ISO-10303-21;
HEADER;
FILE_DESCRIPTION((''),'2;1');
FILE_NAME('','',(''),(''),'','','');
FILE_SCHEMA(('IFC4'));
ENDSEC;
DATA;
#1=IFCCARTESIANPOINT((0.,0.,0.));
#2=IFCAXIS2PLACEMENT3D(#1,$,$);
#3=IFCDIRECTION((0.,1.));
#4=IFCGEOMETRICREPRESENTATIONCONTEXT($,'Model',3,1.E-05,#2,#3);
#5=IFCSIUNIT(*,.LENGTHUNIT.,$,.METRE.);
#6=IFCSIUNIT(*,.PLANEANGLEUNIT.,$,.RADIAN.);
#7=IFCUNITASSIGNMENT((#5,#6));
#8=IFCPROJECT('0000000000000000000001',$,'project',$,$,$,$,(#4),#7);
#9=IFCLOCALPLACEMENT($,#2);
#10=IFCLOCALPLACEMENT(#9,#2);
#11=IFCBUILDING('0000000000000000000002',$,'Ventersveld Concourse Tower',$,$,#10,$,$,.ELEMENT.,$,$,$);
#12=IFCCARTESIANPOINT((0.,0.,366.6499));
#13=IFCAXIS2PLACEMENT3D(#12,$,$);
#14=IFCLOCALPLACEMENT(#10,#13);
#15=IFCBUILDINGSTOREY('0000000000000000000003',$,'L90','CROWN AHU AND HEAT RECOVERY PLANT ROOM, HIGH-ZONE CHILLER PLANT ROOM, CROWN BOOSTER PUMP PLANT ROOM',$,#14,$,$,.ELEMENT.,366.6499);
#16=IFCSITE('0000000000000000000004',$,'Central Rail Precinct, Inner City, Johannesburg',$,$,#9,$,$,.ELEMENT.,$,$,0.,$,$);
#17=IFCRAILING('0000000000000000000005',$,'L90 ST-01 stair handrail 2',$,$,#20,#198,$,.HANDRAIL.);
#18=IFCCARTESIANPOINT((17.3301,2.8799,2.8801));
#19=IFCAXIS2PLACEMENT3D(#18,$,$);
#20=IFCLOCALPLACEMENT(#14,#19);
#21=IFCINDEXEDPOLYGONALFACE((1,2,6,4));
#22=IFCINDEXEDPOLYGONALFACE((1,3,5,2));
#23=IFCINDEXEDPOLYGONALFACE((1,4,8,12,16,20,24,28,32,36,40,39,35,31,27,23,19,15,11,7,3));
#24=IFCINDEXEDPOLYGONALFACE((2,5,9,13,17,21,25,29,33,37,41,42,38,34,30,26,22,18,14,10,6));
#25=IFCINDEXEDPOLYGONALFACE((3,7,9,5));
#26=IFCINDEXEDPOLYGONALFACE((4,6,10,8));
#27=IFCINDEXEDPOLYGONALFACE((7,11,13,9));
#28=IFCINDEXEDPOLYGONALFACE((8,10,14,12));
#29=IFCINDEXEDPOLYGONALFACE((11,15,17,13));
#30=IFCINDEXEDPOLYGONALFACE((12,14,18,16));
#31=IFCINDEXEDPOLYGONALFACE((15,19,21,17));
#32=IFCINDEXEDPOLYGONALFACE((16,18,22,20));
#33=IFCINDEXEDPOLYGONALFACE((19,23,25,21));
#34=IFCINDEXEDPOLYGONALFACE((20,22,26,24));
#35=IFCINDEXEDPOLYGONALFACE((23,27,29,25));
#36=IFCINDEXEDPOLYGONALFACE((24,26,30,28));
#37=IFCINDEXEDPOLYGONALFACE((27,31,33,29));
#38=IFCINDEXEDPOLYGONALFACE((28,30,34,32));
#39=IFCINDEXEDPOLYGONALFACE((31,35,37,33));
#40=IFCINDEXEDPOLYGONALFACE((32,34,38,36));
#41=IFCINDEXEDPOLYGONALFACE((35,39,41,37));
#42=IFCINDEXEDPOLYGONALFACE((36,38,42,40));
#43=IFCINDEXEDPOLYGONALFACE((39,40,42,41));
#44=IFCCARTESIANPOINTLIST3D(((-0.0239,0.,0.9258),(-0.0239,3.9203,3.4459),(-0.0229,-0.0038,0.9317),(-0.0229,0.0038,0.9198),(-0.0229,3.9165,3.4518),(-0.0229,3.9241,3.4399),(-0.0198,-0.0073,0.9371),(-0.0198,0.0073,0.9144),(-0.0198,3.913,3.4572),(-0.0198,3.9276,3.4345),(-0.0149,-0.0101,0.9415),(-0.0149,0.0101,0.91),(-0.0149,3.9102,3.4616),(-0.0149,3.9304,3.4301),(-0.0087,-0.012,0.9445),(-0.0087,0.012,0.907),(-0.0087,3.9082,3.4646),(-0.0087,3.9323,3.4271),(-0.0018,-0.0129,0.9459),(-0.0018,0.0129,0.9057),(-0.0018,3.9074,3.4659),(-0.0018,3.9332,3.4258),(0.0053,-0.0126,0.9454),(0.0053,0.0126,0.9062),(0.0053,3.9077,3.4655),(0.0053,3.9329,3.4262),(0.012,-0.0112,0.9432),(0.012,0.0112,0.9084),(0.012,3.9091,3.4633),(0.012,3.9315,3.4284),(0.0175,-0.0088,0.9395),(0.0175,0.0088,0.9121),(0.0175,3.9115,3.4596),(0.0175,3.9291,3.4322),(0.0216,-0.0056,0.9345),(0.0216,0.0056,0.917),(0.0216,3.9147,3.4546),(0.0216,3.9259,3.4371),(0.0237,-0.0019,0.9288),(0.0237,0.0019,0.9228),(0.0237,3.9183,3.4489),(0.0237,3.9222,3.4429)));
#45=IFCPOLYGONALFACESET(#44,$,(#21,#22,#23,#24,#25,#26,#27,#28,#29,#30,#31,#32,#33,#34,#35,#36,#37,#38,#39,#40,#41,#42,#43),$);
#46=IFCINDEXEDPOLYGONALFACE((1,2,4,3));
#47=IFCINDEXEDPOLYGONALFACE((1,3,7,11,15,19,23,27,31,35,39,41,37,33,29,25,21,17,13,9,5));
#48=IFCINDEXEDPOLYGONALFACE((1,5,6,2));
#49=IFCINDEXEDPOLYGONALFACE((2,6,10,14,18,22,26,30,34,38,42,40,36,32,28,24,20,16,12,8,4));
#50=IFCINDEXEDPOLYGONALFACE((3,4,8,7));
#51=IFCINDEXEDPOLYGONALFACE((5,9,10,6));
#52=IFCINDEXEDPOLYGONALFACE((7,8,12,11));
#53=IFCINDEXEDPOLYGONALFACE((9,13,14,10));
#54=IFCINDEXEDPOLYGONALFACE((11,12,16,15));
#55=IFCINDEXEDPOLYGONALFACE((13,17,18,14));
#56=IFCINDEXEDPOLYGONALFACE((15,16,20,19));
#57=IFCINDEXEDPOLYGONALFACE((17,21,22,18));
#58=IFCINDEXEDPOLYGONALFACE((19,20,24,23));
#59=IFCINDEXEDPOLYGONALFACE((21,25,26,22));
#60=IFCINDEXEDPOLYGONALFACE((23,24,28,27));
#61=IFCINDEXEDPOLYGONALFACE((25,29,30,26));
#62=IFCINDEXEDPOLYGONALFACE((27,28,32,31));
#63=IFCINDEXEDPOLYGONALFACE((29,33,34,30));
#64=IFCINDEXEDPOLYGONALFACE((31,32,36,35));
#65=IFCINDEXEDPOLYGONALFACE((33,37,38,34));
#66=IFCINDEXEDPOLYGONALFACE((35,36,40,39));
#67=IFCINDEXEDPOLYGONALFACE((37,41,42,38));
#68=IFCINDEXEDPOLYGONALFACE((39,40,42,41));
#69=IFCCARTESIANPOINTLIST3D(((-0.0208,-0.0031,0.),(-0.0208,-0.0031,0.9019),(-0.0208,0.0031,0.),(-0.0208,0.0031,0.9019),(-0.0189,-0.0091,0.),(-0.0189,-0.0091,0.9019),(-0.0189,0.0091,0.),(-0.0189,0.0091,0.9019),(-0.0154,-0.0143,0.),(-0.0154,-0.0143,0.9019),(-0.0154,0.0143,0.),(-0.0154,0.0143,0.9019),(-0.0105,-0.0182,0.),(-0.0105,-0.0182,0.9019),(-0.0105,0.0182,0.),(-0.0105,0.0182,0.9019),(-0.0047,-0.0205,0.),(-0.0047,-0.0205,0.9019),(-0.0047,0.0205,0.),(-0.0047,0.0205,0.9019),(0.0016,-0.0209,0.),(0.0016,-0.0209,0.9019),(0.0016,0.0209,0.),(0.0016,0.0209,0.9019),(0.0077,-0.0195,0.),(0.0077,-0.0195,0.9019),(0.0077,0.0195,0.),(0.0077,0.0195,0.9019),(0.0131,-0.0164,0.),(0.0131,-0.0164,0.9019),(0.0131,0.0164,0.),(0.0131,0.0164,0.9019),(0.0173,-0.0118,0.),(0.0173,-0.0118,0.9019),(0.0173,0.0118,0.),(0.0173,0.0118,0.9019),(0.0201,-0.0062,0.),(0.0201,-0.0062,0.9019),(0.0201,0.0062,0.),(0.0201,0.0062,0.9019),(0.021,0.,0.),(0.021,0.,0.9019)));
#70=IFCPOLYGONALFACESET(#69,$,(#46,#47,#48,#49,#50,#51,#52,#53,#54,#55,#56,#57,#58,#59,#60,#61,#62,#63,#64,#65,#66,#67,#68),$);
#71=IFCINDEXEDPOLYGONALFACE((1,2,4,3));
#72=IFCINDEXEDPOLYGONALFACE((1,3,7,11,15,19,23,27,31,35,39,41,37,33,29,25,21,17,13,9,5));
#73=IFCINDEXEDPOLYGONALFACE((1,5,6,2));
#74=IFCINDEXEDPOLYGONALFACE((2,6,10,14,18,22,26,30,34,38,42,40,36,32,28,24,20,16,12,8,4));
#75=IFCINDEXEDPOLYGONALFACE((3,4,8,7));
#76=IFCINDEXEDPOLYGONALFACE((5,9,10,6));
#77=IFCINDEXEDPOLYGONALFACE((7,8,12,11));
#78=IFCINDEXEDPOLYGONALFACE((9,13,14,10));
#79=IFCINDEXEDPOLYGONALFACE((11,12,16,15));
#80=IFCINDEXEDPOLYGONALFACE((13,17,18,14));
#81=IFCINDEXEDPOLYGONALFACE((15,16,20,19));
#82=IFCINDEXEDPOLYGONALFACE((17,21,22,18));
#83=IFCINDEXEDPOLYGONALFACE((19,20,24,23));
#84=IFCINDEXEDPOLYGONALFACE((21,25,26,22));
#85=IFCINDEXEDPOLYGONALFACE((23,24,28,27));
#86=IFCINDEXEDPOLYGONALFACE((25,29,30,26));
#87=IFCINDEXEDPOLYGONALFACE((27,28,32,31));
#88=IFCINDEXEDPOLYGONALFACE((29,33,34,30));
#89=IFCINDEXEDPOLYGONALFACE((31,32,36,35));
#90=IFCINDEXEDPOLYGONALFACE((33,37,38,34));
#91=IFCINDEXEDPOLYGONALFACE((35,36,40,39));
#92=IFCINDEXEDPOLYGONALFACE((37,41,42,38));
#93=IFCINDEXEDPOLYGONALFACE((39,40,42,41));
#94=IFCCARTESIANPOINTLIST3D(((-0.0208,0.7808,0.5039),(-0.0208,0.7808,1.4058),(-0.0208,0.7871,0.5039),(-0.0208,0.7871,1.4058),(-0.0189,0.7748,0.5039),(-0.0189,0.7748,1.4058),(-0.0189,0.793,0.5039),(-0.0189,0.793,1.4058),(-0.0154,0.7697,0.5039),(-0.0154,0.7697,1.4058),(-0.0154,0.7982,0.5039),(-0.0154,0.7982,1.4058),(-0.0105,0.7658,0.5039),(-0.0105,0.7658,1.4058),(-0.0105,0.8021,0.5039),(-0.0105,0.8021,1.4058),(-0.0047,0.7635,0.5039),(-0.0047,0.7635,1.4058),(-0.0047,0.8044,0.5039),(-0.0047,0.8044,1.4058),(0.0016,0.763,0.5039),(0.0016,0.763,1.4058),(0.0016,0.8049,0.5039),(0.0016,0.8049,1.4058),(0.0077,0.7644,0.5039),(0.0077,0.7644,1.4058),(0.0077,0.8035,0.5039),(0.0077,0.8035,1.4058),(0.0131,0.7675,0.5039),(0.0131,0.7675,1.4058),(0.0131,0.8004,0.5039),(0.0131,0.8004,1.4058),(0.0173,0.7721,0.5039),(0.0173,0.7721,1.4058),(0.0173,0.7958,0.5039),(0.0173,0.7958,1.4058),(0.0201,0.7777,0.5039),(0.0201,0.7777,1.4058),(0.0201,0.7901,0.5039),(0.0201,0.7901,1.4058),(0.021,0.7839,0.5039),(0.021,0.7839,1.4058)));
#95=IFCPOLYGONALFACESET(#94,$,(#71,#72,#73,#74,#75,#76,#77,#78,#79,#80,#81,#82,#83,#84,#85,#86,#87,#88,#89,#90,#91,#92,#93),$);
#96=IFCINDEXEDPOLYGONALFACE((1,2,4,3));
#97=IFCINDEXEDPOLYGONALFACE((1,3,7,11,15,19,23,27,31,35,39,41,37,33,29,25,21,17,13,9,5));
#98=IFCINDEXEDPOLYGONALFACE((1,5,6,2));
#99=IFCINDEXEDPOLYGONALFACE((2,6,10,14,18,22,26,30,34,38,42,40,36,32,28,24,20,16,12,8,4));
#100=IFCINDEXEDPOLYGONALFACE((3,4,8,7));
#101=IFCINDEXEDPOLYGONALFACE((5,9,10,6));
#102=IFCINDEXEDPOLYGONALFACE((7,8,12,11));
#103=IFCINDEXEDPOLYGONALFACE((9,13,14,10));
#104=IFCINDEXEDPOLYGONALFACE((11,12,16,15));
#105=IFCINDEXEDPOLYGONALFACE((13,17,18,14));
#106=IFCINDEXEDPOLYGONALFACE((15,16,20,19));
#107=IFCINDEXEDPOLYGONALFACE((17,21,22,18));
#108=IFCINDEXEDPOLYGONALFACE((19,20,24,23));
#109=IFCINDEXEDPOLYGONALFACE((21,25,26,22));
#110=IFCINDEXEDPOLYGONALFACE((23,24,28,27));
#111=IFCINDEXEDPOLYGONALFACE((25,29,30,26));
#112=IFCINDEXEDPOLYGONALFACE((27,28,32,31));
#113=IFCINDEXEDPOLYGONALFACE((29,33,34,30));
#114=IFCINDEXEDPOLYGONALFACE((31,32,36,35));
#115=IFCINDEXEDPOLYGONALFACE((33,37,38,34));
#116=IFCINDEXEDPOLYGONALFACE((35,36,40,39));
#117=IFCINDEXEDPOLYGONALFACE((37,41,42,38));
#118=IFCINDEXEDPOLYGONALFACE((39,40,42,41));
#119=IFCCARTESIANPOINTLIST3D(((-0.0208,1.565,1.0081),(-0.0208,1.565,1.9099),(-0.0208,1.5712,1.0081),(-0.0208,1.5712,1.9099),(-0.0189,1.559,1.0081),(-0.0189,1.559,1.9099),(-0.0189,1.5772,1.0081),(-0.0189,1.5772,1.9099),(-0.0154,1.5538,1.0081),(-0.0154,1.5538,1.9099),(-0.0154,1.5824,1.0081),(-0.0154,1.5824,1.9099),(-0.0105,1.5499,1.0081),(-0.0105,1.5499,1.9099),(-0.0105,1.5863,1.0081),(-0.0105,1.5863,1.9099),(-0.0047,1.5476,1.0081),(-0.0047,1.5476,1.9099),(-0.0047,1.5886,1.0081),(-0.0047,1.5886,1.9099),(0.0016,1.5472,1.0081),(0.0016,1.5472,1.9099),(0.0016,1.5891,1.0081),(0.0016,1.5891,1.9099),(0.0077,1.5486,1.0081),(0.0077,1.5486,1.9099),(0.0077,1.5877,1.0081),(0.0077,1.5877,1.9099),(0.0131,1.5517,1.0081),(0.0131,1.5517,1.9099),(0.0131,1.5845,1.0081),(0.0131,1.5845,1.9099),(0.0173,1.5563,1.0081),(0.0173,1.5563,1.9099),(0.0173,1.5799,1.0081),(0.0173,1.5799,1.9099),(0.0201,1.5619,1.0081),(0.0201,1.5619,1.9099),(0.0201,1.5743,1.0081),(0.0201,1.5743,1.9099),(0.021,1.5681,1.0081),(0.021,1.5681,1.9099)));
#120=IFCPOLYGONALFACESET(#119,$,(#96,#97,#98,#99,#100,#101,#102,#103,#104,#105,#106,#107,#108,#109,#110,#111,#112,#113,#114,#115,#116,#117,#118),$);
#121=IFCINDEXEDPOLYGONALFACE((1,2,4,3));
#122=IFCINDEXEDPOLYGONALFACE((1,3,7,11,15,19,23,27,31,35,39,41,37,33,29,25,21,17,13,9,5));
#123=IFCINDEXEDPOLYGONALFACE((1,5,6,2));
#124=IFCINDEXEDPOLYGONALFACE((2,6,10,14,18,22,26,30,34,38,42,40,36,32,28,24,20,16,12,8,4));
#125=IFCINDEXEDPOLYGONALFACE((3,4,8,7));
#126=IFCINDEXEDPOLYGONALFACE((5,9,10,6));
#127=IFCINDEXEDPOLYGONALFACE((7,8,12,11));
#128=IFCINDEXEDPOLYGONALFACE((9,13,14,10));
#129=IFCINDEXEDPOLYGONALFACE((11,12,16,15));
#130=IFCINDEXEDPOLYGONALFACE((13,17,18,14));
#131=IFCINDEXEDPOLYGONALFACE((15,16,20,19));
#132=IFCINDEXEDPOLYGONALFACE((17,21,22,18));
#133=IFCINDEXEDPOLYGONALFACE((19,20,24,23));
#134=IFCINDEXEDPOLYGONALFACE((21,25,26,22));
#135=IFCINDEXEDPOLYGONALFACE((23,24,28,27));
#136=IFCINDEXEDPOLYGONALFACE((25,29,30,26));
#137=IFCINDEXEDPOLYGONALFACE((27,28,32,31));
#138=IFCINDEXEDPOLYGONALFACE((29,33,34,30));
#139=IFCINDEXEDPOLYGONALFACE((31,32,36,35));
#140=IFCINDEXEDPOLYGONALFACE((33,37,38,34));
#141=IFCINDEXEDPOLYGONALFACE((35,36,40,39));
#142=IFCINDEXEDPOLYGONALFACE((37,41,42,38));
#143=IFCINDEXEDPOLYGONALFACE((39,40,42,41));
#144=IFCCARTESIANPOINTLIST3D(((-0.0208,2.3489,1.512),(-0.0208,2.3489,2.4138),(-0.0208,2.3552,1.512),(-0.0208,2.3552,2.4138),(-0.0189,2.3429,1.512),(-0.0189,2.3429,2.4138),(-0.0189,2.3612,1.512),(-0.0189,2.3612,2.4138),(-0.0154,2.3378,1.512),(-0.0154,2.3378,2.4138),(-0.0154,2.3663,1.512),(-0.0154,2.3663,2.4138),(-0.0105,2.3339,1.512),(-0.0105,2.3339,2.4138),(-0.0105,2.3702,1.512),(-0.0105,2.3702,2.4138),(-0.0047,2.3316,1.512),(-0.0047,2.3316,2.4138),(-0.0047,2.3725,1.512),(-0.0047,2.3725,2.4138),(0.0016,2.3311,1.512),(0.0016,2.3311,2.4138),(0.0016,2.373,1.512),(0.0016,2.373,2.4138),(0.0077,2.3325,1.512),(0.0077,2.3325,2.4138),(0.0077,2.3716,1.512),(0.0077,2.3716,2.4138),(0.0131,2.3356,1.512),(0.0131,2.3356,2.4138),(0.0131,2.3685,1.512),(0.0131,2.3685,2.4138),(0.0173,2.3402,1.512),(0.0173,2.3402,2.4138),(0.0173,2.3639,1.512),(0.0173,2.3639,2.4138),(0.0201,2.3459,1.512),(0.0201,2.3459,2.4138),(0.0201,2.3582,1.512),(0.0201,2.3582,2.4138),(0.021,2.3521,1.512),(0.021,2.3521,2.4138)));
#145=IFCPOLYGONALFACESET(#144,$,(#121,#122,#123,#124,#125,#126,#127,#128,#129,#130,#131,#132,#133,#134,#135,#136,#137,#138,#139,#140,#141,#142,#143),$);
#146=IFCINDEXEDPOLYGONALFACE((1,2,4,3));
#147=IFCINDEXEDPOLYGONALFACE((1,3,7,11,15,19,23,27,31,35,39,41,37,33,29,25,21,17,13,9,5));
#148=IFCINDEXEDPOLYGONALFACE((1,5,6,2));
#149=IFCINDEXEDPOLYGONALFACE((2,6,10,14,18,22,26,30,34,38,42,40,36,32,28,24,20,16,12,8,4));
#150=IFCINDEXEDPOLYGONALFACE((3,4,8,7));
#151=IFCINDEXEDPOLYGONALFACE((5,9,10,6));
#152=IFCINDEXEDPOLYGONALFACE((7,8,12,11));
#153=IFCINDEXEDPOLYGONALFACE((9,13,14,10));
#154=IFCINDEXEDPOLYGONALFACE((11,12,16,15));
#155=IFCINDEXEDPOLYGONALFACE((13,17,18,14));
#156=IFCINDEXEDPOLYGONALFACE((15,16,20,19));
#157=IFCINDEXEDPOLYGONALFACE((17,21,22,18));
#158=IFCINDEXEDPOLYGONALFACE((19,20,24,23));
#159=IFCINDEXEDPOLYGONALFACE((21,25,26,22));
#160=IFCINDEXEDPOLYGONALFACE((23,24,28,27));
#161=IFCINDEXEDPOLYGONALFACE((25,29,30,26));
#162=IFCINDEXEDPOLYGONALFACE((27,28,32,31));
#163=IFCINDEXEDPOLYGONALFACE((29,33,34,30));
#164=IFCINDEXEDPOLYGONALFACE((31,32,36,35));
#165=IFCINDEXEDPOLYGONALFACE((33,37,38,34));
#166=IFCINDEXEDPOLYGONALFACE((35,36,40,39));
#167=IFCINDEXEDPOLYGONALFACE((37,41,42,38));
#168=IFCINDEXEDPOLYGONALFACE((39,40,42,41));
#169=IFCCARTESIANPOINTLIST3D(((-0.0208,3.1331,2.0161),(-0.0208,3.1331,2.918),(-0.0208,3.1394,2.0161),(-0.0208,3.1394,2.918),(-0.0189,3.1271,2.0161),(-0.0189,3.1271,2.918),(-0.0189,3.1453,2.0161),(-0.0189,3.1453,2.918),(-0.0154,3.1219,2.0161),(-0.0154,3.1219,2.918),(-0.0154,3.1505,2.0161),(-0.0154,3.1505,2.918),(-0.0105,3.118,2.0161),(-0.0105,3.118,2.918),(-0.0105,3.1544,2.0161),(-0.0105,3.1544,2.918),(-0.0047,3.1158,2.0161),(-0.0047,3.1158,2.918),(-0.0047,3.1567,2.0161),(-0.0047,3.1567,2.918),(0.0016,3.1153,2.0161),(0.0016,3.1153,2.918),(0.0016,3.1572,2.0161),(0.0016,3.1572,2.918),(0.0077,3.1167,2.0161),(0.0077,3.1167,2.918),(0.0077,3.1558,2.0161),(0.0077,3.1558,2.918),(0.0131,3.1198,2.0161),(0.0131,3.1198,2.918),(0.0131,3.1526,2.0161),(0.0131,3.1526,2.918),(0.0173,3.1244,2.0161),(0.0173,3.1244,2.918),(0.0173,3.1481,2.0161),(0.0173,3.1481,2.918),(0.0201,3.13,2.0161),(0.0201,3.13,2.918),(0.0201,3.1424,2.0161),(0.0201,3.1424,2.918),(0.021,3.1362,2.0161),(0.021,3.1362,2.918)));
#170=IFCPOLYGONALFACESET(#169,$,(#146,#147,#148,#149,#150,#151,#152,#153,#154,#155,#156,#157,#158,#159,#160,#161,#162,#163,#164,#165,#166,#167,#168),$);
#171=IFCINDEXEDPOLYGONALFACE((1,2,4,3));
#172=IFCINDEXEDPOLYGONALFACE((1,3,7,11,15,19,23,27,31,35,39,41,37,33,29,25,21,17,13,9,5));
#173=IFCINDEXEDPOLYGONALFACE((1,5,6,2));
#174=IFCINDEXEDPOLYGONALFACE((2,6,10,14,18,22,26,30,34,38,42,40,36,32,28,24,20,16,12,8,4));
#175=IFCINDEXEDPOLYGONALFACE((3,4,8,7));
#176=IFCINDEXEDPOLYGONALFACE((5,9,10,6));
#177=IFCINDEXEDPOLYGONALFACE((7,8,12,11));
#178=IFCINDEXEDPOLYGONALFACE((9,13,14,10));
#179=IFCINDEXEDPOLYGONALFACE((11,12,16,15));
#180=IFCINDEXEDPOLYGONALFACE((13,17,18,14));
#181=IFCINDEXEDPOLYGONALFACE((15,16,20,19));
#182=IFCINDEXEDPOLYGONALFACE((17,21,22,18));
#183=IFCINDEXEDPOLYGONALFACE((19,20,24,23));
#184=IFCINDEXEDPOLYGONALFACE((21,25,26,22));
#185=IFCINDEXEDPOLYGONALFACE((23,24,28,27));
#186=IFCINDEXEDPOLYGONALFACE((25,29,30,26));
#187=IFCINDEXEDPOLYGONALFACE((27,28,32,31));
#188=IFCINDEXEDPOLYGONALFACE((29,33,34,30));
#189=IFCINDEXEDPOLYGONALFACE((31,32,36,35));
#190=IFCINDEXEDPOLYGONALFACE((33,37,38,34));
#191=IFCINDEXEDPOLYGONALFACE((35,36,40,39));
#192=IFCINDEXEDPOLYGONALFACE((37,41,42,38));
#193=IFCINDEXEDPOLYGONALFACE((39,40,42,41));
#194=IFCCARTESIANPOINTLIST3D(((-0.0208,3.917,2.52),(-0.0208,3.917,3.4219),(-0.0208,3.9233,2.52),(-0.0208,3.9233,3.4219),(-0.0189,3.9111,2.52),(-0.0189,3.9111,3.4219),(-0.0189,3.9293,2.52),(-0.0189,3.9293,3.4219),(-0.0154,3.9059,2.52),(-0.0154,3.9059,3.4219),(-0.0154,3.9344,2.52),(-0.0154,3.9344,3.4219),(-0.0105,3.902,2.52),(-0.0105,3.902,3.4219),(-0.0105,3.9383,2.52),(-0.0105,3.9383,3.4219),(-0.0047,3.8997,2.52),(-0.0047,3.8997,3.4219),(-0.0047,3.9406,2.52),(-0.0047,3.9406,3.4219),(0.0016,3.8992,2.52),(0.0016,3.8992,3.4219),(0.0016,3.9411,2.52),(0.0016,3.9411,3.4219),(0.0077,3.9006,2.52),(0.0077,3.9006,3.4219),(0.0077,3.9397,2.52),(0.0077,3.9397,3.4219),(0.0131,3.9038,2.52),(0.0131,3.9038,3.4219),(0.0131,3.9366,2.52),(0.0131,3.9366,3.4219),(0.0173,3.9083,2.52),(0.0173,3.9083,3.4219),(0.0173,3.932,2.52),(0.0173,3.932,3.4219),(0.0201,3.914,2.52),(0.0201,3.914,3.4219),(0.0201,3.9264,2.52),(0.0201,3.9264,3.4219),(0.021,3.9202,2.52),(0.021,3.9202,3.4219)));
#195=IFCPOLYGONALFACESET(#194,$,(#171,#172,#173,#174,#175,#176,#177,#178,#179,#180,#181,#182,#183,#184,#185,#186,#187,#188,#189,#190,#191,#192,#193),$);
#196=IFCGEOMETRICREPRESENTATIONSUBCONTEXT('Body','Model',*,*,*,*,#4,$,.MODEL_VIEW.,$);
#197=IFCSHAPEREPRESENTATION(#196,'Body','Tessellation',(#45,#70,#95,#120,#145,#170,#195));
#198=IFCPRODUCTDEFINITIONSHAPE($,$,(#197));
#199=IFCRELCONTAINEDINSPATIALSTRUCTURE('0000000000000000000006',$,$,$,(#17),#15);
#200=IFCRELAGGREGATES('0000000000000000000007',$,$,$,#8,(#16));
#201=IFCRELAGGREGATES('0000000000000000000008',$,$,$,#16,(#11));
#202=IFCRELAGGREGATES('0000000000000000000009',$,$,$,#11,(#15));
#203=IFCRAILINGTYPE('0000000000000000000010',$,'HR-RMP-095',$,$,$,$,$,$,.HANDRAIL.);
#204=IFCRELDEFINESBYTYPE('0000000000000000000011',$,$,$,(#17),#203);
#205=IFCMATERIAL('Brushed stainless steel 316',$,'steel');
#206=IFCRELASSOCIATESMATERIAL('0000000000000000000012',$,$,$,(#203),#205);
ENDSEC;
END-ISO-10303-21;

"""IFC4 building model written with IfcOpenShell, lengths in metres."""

from ifc_helpers import new_model, si_unit, direction, frame, origin, origin_2d, place, context, subcontext, project, spatial, circle, extrude, material, type_object, element, save


model = new_model("IFC4")

# Units and contexts
model_context = context("Model", 3, precision=1e-05, world=origin(), true_north=direction((0.0, 1.0)))
body_context = subcontext(model_context, "Body", "Model", "MODEL_VIEW")
ifc_project = project(units=[si_unit("LENGTHUNIT", "METRE"), si_unit("PLANEANGLEUNIT", "RADIAN")], contexts=[model_context])

# Site, building, storey
site_placement = place(None, origin())
site = spatial("IfcSite", under=ifc_project, at=site_placement, Name="Central Rail Precinct, Inner City, Johannesburg", CompositionType="ELEMENT", RefElevation=0.0)
building_placement = place(site_placement, origin())
building = spatial("IfcBuilding", under=site, at=building_placement, Name="Ventersveld Concourse Tower", CompositionType="ELEMENT")
storey_placement = place(building_placement, frame((0.0, 0.0, 366.6499)))
storey = spatial("IfcBuildingStorey", under=building, at=storey_placement, Name="L90", Description="CROWN AHU AND HEAT RECOVERY PLANT ROOM, HIGH-ZONE CHILLER PLANT ROOM, CROWN BOOSTER PUMP PLANT ROOM", CompositionType="ELEMENT", Elevation=366.6499)

# Shared definitions
ifc_material_1 = material(Name="Brushed stainless steel 316", Category="steel")

# Railing
railing_type_1 = type_object("IfcRailingType", Name="HR-RMP-095", PredefinedType="HANDRAIL", material=ifc_material_1)
railing_1_placement = place(storey_placement, frame((17.3301, 2.8799, 2.8801)))
element("IfcRailing", 1, at=railing_1_placement, inside=storey, type_object=railing_type_1, Name="L90 ST-01 stair handrail 2", PredefinedType="HANDRAIL", context=body_context, shape_type="SweptSolid", body=[
    extrude(circle(Radius=0.0239, at=origin_2d()), frame((0.0, 0.0, 0.9258), z_axis=(0.0, 0.841187, 0.540744), x_axis=(-1.0, 0.0, 0.0)), (0.0, 0.0, 1.0), 4.6604),
    extrude(circle(Radius=0.021, at=origin_2d()), origin(), (0.0, 0.0, 1.0), 0.9019),
    extrude(circle(Radius=0.021, at=origin_2d()), frame((0.0, 0.7839, 0.5039)), (0.0, 0.0, 1.0), 0.9019),
    extrude(circle(Radius=0.021, at=origin_2d()), frame((0.0, 1.5681, 1.0081)), (0.0, 0.0, 1.0), 0.9019),
    extrude(circle(Radius=0.021, at=origin_2d()), frame((0.0, 2.3521, 1.512)), (0.0, 0.0, 1.0), 0.9019),
    extrude(circle(Radius=0.021, at=origin_2d()), frame((0.0, 3.1362, 2.0161)), (0.0, 0.0, 1.0), 0.9019),
    extrude(circle(Radius=0.021, at=origin_2d()), frame((0.0, 3.9202, 2.52)), (0.0, 0.0, 1.0), 0.9019),
])

save(model, "model.ifc")
